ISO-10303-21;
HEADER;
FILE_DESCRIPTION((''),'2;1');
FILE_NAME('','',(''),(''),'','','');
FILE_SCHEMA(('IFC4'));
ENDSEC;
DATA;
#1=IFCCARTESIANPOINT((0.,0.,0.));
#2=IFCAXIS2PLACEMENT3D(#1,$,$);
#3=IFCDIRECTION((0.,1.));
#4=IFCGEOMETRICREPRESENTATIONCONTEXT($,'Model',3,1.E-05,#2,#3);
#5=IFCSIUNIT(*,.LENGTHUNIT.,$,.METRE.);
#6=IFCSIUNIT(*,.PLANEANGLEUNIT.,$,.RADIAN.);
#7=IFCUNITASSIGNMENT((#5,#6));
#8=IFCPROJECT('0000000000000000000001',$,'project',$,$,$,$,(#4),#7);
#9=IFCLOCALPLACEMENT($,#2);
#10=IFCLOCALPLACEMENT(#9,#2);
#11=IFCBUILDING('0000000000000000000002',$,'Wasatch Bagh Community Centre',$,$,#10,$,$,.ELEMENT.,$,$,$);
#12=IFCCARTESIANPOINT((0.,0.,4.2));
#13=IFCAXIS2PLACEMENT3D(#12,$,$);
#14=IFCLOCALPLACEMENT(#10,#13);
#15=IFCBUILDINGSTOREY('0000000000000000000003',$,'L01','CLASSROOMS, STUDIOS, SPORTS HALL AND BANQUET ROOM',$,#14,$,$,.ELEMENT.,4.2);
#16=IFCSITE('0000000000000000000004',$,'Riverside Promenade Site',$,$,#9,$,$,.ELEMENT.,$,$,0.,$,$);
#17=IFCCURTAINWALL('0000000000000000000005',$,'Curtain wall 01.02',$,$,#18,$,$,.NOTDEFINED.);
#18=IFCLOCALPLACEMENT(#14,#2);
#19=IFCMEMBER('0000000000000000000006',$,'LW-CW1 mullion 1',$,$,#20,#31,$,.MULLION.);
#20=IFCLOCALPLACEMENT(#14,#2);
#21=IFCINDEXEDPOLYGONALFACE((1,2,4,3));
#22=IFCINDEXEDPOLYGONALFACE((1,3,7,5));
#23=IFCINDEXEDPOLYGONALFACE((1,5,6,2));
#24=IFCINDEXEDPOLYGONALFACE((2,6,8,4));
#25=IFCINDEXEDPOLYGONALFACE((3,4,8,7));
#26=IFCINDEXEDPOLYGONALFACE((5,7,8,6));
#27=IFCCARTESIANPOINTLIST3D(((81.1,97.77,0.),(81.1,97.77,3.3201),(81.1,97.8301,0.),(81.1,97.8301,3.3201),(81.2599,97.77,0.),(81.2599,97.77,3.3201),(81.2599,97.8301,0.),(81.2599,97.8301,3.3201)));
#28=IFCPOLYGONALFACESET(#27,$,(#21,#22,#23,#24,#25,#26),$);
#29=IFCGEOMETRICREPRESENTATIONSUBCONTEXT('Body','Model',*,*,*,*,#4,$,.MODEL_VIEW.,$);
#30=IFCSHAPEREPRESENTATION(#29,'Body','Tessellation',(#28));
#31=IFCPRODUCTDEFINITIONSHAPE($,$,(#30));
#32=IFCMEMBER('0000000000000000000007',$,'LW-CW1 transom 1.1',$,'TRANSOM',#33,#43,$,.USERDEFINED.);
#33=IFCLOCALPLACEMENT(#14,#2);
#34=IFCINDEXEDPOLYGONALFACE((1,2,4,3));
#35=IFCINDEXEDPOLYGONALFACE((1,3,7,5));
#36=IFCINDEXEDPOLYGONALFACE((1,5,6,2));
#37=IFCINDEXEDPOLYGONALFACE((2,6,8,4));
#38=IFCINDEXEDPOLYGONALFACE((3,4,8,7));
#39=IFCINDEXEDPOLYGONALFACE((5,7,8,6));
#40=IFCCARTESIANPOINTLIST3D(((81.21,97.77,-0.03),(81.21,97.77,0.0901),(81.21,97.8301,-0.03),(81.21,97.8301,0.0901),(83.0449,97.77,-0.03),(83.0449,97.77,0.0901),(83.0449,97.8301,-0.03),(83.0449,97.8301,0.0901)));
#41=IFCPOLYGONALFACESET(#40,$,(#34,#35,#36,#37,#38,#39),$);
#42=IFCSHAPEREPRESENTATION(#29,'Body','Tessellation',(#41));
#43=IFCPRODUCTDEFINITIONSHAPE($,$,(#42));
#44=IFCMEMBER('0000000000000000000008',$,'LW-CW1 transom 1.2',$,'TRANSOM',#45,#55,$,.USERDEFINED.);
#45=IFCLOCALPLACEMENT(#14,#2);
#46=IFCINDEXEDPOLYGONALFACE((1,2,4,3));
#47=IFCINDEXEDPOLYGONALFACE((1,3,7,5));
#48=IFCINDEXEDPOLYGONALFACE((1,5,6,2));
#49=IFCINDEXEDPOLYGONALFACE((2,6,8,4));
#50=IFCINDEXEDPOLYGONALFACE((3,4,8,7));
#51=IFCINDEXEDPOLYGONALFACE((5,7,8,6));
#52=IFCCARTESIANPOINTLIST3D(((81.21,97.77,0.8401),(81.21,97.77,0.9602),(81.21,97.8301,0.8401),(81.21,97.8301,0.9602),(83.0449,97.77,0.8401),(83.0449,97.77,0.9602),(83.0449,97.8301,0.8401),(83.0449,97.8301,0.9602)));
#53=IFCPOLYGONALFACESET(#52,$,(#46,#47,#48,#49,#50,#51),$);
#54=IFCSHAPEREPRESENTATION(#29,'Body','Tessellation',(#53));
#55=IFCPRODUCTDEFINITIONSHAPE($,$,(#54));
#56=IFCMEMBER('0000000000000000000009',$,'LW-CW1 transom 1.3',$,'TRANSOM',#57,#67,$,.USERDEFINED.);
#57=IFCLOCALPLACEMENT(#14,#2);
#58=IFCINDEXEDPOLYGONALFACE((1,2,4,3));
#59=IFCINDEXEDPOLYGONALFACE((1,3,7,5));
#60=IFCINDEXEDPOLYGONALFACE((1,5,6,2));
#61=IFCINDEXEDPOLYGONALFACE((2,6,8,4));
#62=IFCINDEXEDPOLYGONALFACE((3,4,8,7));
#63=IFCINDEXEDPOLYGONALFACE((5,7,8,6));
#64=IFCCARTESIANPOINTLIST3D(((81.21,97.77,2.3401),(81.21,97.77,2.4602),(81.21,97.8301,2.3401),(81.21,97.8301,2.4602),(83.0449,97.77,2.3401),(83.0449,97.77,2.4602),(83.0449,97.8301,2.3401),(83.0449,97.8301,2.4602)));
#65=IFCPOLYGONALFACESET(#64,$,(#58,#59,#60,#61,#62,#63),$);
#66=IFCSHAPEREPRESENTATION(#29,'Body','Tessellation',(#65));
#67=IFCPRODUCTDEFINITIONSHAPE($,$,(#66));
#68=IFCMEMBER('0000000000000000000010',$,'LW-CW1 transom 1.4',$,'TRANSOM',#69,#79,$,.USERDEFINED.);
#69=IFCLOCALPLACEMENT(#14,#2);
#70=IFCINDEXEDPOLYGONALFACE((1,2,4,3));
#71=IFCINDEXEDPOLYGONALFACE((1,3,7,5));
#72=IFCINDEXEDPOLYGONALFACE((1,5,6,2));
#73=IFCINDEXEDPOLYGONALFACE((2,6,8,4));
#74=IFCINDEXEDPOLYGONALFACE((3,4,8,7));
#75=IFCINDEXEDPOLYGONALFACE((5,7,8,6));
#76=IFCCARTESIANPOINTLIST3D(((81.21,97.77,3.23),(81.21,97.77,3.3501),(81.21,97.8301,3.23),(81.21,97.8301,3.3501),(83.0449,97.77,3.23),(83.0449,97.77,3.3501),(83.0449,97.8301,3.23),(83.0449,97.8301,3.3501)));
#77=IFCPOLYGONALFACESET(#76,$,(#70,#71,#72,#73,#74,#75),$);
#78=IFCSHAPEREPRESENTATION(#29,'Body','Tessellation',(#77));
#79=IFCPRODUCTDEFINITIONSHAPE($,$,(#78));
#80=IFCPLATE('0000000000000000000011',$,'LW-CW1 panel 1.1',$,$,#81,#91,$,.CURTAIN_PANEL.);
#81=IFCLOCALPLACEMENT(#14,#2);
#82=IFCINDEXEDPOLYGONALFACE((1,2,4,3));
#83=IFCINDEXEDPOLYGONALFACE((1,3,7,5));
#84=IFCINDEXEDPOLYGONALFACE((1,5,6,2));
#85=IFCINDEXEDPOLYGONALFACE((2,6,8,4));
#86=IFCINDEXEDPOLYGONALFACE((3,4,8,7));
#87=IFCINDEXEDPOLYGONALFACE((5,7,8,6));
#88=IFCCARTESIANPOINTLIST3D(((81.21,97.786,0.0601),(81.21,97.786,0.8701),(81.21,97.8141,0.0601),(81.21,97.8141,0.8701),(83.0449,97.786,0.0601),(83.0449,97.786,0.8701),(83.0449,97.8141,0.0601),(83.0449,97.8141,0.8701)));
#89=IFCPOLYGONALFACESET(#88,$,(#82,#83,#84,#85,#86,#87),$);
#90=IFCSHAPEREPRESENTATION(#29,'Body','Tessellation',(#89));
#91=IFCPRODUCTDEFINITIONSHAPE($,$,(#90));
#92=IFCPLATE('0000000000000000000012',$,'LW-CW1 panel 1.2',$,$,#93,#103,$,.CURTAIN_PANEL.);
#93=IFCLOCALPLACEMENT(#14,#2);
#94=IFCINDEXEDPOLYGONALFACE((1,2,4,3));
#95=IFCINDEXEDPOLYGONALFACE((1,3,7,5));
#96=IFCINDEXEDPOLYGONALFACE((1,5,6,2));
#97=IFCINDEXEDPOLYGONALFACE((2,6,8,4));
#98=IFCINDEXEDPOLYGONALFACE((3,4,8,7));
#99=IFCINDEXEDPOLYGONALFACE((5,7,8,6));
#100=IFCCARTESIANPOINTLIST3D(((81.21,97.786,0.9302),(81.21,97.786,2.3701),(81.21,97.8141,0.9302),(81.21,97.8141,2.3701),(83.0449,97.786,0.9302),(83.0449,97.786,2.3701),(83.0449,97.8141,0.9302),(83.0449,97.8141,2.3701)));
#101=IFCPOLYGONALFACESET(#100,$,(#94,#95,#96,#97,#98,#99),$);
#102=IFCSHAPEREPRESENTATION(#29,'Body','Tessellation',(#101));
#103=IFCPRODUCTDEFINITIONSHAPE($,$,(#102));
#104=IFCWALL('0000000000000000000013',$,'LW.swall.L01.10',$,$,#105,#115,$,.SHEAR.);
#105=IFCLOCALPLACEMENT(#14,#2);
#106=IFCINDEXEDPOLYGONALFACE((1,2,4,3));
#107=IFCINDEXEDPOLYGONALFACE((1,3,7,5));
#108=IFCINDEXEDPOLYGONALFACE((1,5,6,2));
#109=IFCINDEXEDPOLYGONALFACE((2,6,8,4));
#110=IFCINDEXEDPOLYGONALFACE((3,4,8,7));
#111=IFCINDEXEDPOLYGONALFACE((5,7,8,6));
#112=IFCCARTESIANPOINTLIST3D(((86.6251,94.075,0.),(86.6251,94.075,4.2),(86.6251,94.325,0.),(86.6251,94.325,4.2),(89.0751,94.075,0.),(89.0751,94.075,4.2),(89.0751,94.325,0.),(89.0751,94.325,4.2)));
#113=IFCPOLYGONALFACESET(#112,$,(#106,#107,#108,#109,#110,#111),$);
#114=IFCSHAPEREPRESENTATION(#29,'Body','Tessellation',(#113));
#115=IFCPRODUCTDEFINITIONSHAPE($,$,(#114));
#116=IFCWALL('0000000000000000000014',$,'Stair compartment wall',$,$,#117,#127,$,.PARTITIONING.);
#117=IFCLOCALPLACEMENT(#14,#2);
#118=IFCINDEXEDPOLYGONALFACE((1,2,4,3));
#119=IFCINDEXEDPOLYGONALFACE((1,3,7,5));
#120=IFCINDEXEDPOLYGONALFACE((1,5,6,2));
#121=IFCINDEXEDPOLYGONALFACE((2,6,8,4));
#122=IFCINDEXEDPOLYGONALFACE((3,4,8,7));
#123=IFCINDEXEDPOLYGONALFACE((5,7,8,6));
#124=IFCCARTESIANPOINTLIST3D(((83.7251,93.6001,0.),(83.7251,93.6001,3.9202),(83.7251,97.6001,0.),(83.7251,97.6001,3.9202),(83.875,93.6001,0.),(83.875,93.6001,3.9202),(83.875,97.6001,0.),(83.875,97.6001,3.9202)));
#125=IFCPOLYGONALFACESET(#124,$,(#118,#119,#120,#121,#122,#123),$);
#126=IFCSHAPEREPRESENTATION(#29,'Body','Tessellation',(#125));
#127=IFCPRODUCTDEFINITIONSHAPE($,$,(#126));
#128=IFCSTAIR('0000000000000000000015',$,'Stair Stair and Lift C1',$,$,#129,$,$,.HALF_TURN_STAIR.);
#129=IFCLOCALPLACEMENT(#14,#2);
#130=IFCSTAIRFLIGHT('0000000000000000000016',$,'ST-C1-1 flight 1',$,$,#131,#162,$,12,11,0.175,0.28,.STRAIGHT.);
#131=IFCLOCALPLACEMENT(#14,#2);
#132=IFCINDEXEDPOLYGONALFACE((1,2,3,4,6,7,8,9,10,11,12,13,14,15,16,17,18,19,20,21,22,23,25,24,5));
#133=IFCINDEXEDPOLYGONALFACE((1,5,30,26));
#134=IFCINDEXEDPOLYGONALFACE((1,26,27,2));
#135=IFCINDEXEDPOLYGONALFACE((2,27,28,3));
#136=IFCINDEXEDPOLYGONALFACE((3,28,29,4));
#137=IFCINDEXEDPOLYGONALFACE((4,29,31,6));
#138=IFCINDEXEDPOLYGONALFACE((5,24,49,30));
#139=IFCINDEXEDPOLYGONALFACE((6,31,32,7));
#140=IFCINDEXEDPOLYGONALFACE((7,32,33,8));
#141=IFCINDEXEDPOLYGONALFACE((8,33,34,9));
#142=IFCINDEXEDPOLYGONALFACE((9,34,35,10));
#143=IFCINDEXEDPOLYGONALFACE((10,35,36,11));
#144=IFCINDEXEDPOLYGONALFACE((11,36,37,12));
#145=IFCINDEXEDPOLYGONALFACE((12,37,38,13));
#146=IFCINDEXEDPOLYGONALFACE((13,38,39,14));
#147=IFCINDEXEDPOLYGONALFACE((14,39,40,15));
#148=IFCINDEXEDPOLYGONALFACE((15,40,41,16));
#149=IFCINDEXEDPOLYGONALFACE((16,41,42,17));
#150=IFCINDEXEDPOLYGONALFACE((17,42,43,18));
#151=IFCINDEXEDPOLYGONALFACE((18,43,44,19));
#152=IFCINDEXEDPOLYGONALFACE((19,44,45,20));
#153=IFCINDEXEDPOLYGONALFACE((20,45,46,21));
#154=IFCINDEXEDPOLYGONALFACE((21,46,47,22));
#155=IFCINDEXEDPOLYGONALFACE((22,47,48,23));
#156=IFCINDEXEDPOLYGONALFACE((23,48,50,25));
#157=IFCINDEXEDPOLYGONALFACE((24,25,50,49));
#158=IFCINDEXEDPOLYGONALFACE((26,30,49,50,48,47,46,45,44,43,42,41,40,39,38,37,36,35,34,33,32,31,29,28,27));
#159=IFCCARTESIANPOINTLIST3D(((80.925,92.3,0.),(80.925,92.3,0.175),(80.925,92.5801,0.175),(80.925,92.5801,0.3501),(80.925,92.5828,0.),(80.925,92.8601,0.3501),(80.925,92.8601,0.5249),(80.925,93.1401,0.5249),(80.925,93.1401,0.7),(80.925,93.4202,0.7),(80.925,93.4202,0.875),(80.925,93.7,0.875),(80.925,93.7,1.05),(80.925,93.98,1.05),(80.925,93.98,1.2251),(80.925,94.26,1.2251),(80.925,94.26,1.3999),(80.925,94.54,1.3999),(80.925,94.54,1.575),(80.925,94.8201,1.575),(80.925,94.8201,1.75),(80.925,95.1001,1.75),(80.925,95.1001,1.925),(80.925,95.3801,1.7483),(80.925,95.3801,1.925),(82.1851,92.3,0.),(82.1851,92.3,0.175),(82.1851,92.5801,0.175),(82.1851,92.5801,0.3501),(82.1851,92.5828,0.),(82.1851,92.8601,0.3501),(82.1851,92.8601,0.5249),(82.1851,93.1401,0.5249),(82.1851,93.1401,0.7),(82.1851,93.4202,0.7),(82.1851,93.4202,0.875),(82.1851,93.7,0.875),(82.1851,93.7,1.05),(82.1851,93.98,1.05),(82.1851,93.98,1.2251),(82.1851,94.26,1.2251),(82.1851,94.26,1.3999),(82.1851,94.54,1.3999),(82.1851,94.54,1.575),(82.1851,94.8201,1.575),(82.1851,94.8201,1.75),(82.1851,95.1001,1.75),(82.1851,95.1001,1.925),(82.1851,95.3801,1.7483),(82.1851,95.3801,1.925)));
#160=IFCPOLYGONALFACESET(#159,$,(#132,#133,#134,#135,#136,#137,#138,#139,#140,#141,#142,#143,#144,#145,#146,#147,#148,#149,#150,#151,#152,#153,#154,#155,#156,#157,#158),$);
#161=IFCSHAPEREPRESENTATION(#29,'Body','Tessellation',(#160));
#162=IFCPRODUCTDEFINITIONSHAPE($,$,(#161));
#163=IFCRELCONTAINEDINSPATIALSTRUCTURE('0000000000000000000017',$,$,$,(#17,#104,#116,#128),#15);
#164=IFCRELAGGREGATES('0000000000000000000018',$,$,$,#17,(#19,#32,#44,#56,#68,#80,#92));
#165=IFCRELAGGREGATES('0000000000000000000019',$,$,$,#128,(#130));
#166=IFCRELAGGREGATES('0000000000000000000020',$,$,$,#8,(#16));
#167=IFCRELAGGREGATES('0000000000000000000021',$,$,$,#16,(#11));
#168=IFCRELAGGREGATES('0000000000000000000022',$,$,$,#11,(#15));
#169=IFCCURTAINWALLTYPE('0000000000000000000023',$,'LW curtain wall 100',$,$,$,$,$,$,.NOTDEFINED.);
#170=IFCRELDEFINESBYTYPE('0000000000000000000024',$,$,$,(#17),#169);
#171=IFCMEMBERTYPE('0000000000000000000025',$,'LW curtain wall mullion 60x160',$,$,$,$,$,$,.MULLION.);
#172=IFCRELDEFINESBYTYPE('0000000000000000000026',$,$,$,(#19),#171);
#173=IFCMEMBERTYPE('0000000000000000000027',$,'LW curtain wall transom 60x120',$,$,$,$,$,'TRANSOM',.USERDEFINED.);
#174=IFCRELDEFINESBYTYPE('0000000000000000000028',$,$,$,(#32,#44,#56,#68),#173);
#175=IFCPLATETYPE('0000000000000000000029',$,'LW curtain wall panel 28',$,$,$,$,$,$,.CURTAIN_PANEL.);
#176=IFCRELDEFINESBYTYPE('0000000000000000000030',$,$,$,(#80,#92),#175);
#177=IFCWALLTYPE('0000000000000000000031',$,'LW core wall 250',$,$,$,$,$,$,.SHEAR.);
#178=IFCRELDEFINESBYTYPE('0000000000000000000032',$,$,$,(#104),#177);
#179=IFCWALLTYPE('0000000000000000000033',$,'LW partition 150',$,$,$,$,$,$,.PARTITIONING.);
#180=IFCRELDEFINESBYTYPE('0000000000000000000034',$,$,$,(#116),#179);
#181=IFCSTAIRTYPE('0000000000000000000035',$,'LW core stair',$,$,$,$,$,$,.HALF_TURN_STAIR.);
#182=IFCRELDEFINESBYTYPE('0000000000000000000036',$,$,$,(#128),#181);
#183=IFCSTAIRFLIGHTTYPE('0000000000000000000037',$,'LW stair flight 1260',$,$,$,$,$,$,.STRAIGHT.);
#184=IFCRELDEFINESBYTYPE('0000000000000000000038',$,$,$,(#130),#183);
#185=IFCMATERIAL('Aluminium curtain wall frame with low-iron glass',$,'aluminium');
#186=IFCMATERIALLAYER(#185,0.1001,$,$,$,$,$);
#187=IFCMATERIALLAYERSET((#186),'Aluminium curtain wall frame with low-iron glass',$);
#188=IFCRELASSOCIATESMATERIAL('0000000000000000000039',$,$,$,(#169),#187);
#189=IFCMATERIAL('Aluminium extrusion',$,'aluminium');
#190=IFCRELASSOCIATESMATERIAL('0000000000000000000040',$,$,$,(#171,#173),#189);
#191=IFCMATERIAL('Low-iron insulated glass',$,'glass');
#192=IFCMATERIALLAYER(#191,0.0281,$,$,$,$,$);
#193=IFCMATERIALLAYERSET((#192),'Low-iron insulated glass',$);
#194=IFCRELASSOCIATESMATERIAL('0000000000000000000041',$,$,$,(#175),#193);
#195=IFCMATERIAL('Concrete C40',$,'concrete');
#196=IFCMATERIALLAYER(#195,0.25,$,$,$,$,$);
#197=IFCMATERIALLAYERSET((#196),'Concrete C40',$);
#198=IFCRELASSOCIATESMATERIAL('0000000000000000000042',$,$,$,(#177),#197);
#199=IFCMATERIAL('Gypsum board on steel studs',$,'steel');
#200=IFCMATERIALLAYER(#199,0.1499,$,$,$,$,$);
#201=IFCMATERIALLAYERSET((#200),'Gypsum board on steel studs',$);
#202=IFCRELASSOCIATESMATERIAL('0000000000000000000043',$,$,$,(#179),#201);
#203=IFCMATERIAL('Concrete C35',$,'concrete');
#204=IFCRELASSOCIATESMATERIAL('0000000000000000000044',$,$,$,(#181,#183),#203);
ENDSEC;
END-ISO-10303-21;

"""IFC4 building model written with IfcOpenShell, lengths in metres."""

from ifc_helpers import new_model, si_unit, direction, frame, frame_2d, origin, origin_2d, place, context, subcontext, project, spatial, polyline, rectangle, outline, extrude, material, layer, layer_set, material_profile, profile_set, type_object, element, aggregate, save


model = new_model("IFC4")

# Units and contexts
model_context = context("Model", 3, precision=1e-05, world=origin(), true_north=direction((0.0, 1.0)))
body_context = subcontext(model_context, "Body", "Model", "MODEL_VIEW")
ifc_project = project(units=[si_unit("LENGTHUNIT", "METRE"), si_unit("PLANEANGLEUNIT", "RADIAN")], contexts=[model_context])

# Site, building, storey
site_placement = place(None, origin())
site = spatial("IfcSite", under=ifc_project, at=site_placement, Name="Riverside Promenade Site", CompositionType="ELEMENT", RefElevation=0.0)
building_placement = place(site_placement, origin())
building = spatial("IfcBuilding", under=site, at=building_placement, Name="Wasatch Bagh Community Centre", CompositionType="ELEMENT")
storey_placement = place(building_placement, frame((0.0, 0.0, 4.2)))
storey = spatial("IfcBuildingStorey", under=building, at=storey_placement, Name="L01", Description="CLASSROOMS, STUDIOS, SPORTS HALL AND BANQUET ROOM", CompositionType="ELEMENT", Elevation=4.2)

# Curtain wall, members, plates
ifc_material_1 = material(Name="Aluminium curtain wall frame with low-iron glass", Category="aluminium")
ifc_layer_1 = layer(ifc_material_1, 0.1001)
ifc_layer_set_1 = layer_set([ifc_layer_1], Name="Aluminium curtain wall frame with low-iron glass")
curtain_wall_type = type_object("IfcCurtainWallType", Name="LW curtain wall 100", PredefinedType="NOTDEFINED", material=ifc_layer_set_1)
curtain_wall_placement = place(storey_placement, origin())
curtain_wall = element("IfcCurtainWall", 1, at=curtain_wall_placement, inside=storey, type_object=curtain_wall_type, Name="Curtain wall 01.02", PredefinedType="NOTDEFINED")
ifc_material_2 = material(Name="Aluminium extrusion", Category="aluminium")
ifc_material_profile_1 = material_profile(ifc_material_2, rectangle(XDim=0.0601, YDim=0.1599, at=origin_2d()), Name="AL 60x160")
ifc_profile_set_1 = profile_set([ifc_material_profile_1], Name="Aluminium extrusion")
member_type_1 = type_object("IfcMemberType", Name="LW curtain wall mullion 60x160", PredefinedType="MULLION", material=ifc_profile_set_1)
member_1_placement = place(storey_placement, frame((81.1799, 97.8, 0.0), z_axis=(0.0, 0.0, 1.0), x_axis=(0.0, 1.0, 0.0)))
member_1 = element("IfcMember", 2, at=member_1_placement, type_object=member_type_1, Name="LW-CW1 mullion 1", PredefinedType="MULLION", context=body_context, shape_type="SweptSolid", body=[
    extrude(rectangle(XDim=0.0601, YDim=0.1599, at=origin_2d()), origin(), (0.0, 0.0, 1.0), 3.3201),
])
ifc_material_profile_2 = material_profile(ifc_material_2, rectangle(XDim=0.0601, YDim=0.1201, at=origin_2d()), Name="AL 60x120")
ifc_profile_set_2 = profile_set([ifc_material_profile_2], Name="Aluminium extrusion")
member_type_2 = type_object("IfcMemberType", Name="LW curtain wall transom 60x120", ElementType="TRANSOM", PredefinedType="USERDEFINED", material=ifc_profile_set_2)
member_2_placement = place(storey_placement, frame((81.21, 97.8, 0.03), z_axis=(1.0, 0.0, 0.0), x_axis=(0.0, 1.0, 0.0)))
member_2 = element("IfcMember", 3, at=member_2_placement, type_object=member_type_2, Name="LW-CW1 transom 1.1", ObjectType="TRANSOM", PredefinedType="USERDEFINED", context=body_context, shape_type="SweptSolid", body=[
    extrude(rectangle(XDim=0.0601, YDim=0.1201, at=origin_2d()), origin(), (0.0, 0.0, 1.0), 1.835),
])
member_3_placement = place(storey_placement, frame((81.21, 97.8, 0.9001), z_axis=(1.0, 0.0, 0.0), x_axis=(0.0, 1.0, 0.0)))
member_3 = element("IfcMember", 4, at=member_3_placement, type_object=member_type_2, Name="LW-CW1 transom 1.2", ObjectType="TRANSOM", PredefinedType="USERDEFINED", context=body_context, shape_type="SweptSolid", body=[
    extrude(rectangle(XDim=0.0601, YDim=0.1201, at=origin_2d()), origin(), (0.0, 0.0, 1.0), 1.835),
])
member_4_placement = place(storey_placement, frame((81.21, 97.8, 2.4001), z_axis=(1.0, 0.0, 0.0), x_axis=(0.0, 1.0, 0.0)))
member_4 = element("IfcMember", 5, at=member_4_placement, type_object=member_type_2, Name="LW-CW1 transom 1.3", ObjectType="TRANSOM", PredefinedType="USERDEFINED", context=body_context, shape_type="SweptSolid", body=[
    extrude(rectangle(XDim=0.0601, YDim=0.1201, at=origin_2d()), origin(), (0.0, 0.0, 1.0), 1.835),
])
member_5_placement = place(storey_placement, frame((81.21, 97.8, 3.29), z_axis=(1.0, 0.0, 0.0), x_axis=(0.0, 1.0, 0.0)))
member_5 = element("IfcMember", 6, at=member_5_placement, type_object=member_type_2, Name="LW-CW1 transom 1.4", ObjectType="TRANSOM", PredefinedType="USERDEFINED", context=body_context, shape_type="SweptSolid", body=[
    extrude(rectangle(XDim=0.0601, YDim=0.1201, at=origin_2d()), origin(), (0.0, 0.0, 1.0), 1.835),
])
ifc_material_3 = material(Name="Low-iron insulated glass", Category="glass")
ifc_layer_2 = layer(ifc_material_3, 0.0281)
ifc_layer_set_2 = layer_set([ifc_layer_2], Name="Low-iron insulated glass")
plate_type = type_object("IfcPlateType", Name="LW curtain wall panel 28", PredefinedType="CURTAIN_PANEL", material=ifc_layer_set_2)
plate_1_placement = place(storey_placement, frame((82.1274, 97.8, 0.0601), z_axis=(0.0, 0.0, 1.0), x_axis=(1.0, 0.0, 0.0)))
plate_1 = element("IfcPlate", 7, at=plate_1_placement, type_object=plate_type, Name="LW-CW1 panel 1.1", PredefinedType="CURTAIN_PANEL", context=body_context, shape_type="SweptSolid", body=[
    extrude(rectangle(XDim=1.835, YDim=0.0281, at=origin_2d()), origin(), (0.0, 0.0, 1.0), 0.8101),
])
plate_2_placement = place(storey_placement, frame((82.1274, 97.8, 0.9302), z_axis=(0.0, 0.0, 1.0), x_axis=(1.0, 0.0, 0.0)))
plate_2 = element("IfcPlate", 8, at=plate_2_placement, type_object=plate_type, Name="LW-CW1 panel 1.2", PredefinedType="CURTAIN_PANEL", context=body_context, shape_type="SweptSolid", body=[
    extrude(rectangle(XDim=1.835, YDim=0.0281, at=origin_2d()), origin(), (0.0, 0.0, 1.0), 1.4399),
])
aggregate(curtain_wall, [member_1, member_2, member_3, member_4, member_5, plate_1, plate_2])

# Walls
ifc_material_4 = material(Name="Concrete C40", Category="concrete")
ifc_layer_3 = layer(ifc_material_4, 0.25)
ifc_layer_set_3 = layer_set([ifc_layer_3], Name="Concrete C40")
wall_type_1 = type_object("IfcWallType", Name="LW core wall 250", PredefinedType="SHEAR", material=ifc_layer_set_3)
wall_1_placement = place(storey_placement, frame((86.625, 94.2, 0.0), z_axis=(0.0, 0.0, 1.0), x_axis=(1.0, 0.0, 0.0)))
element("IfcWall", 9, at=wall_1_placement, inside=storey, type_object=wall_type_1, Name="LW.swall.L01.10", PredefinedType="SHEAR", context=body_context, shape_type="SweptSolid", body=[
    extrude(rectangle(XDim=2.45, YDim=0.25, at=frame_2d((1.2251, 0.0))), origin(), (0.0, 0.0, 1.0), 4.2),
])
ifc_material_5 = material(Name="Gypsum board on steel studs", Category="steel")
ifc_layer_4 = layer(ifc_material_5, 0.1499)
ifc_layer_set_4 = layer_set([ifc_layer_4], Name="Gypsum board on steel studs")
wall_type_2 = type_object("IfcWallType", Name="LW partition 150", PredefinedType="PARTITIONING", material=ifc_layer_set_4)
wall_2_placement = place(storey_placement, frame((83.8, 93.6001, 0.0), z_axis=(0.0, 0.0, 1.0), x_axis=(0.0, 1.0, 0.0)))
element("IfcWall", 10, at=wall_2_placement, inside=storey, type_object=wall_type_2, Name="Stair compartment wall", PredefinedType="PARTITIONING", context=body_context, shape_type="SweptSolid", body=[
    extrude(rectangle(XDim=4.0, YDim=0.1499, at=frame_2d((2.0, 0.0))), origin(), (0.0, 0.0, 1.0), 3.9202),
])

# Stair, stair flight
ifc_material_6 = material(Name="Concrete C35", Category="concrete")
stair_type = type_object("IfcStairType", Name="LW core stair", PredefinedType="HALF_TURN_STAIR", material=ifc_material_6)
stair_placement = place(storey_placement, origin())
stair = element("IfcStair", 11, at=stair_placement, inside=storey, type_object=stair_type, Name="Stair Stair and Lift C1", PredefinedType="HALF_TURN_STAIR")
stair_flight_type = type_object("IfcStairFlightType", Name="LW stair flight 1260", PredefinedType="STRAIGHT", material=ifc_material_6)
stair_flight_1_placement = place(storey_placement, frame((81.5549, 92.3, 0.0), z_axis=(0.0, 0.0, 1.0), x_axis=(0.0, 1.0, 0.0)))
stair_flight_1 = element("IfcStairFlight", 12, at=stair_flight_1_placement, type_object=stair_flight_type, Name="ST-C1-1 flight 1", NumberOfRisers=12, NumberOfTreads=11, PredefinedType="STRAIGHT", RiserHeight=0.175, TreadLength=0.28, context=body_context, shape_type="SweptSolid", body=[
    extrude(outline(polyline([(0.0, 0.0), (0.0, 0.175), (0.28, 0.175), (0.28, 0.3501), (0.5601, 0.3501), (0.5601, 0.5249), (0.8401, 0.5249), (0.8401, 0.7), (1.1201, 0.7), (1.1201, 0.875), (1.3999, 0.875), (1.3999, 1.05), (1.6799, 1.05), (1.6799, 1.2251), (1.96, 1.2251), (1.96, 1.3999), (2.24, 1.3999), (2.24, 1.575), (2.52, 1.575), (2.52, 1.75), (2.8, 1.75), (2.8, 1.925), (3.0801, 1.925), (3.0801, 2.1001), (3.0801, 1.7483), (0.2827, 0.0), (0.0, 0.0)])), frame((0.0, 0.6299, 0.0), z_axis=(0.0, -1.0, 0.0), x_axis=(1.0, 0.0, 0.0)), (0.0, 0.0, 1.0), 1.26),
])
aggregate(stair, [stair_flight_1])

save(model, "model.ifc")
